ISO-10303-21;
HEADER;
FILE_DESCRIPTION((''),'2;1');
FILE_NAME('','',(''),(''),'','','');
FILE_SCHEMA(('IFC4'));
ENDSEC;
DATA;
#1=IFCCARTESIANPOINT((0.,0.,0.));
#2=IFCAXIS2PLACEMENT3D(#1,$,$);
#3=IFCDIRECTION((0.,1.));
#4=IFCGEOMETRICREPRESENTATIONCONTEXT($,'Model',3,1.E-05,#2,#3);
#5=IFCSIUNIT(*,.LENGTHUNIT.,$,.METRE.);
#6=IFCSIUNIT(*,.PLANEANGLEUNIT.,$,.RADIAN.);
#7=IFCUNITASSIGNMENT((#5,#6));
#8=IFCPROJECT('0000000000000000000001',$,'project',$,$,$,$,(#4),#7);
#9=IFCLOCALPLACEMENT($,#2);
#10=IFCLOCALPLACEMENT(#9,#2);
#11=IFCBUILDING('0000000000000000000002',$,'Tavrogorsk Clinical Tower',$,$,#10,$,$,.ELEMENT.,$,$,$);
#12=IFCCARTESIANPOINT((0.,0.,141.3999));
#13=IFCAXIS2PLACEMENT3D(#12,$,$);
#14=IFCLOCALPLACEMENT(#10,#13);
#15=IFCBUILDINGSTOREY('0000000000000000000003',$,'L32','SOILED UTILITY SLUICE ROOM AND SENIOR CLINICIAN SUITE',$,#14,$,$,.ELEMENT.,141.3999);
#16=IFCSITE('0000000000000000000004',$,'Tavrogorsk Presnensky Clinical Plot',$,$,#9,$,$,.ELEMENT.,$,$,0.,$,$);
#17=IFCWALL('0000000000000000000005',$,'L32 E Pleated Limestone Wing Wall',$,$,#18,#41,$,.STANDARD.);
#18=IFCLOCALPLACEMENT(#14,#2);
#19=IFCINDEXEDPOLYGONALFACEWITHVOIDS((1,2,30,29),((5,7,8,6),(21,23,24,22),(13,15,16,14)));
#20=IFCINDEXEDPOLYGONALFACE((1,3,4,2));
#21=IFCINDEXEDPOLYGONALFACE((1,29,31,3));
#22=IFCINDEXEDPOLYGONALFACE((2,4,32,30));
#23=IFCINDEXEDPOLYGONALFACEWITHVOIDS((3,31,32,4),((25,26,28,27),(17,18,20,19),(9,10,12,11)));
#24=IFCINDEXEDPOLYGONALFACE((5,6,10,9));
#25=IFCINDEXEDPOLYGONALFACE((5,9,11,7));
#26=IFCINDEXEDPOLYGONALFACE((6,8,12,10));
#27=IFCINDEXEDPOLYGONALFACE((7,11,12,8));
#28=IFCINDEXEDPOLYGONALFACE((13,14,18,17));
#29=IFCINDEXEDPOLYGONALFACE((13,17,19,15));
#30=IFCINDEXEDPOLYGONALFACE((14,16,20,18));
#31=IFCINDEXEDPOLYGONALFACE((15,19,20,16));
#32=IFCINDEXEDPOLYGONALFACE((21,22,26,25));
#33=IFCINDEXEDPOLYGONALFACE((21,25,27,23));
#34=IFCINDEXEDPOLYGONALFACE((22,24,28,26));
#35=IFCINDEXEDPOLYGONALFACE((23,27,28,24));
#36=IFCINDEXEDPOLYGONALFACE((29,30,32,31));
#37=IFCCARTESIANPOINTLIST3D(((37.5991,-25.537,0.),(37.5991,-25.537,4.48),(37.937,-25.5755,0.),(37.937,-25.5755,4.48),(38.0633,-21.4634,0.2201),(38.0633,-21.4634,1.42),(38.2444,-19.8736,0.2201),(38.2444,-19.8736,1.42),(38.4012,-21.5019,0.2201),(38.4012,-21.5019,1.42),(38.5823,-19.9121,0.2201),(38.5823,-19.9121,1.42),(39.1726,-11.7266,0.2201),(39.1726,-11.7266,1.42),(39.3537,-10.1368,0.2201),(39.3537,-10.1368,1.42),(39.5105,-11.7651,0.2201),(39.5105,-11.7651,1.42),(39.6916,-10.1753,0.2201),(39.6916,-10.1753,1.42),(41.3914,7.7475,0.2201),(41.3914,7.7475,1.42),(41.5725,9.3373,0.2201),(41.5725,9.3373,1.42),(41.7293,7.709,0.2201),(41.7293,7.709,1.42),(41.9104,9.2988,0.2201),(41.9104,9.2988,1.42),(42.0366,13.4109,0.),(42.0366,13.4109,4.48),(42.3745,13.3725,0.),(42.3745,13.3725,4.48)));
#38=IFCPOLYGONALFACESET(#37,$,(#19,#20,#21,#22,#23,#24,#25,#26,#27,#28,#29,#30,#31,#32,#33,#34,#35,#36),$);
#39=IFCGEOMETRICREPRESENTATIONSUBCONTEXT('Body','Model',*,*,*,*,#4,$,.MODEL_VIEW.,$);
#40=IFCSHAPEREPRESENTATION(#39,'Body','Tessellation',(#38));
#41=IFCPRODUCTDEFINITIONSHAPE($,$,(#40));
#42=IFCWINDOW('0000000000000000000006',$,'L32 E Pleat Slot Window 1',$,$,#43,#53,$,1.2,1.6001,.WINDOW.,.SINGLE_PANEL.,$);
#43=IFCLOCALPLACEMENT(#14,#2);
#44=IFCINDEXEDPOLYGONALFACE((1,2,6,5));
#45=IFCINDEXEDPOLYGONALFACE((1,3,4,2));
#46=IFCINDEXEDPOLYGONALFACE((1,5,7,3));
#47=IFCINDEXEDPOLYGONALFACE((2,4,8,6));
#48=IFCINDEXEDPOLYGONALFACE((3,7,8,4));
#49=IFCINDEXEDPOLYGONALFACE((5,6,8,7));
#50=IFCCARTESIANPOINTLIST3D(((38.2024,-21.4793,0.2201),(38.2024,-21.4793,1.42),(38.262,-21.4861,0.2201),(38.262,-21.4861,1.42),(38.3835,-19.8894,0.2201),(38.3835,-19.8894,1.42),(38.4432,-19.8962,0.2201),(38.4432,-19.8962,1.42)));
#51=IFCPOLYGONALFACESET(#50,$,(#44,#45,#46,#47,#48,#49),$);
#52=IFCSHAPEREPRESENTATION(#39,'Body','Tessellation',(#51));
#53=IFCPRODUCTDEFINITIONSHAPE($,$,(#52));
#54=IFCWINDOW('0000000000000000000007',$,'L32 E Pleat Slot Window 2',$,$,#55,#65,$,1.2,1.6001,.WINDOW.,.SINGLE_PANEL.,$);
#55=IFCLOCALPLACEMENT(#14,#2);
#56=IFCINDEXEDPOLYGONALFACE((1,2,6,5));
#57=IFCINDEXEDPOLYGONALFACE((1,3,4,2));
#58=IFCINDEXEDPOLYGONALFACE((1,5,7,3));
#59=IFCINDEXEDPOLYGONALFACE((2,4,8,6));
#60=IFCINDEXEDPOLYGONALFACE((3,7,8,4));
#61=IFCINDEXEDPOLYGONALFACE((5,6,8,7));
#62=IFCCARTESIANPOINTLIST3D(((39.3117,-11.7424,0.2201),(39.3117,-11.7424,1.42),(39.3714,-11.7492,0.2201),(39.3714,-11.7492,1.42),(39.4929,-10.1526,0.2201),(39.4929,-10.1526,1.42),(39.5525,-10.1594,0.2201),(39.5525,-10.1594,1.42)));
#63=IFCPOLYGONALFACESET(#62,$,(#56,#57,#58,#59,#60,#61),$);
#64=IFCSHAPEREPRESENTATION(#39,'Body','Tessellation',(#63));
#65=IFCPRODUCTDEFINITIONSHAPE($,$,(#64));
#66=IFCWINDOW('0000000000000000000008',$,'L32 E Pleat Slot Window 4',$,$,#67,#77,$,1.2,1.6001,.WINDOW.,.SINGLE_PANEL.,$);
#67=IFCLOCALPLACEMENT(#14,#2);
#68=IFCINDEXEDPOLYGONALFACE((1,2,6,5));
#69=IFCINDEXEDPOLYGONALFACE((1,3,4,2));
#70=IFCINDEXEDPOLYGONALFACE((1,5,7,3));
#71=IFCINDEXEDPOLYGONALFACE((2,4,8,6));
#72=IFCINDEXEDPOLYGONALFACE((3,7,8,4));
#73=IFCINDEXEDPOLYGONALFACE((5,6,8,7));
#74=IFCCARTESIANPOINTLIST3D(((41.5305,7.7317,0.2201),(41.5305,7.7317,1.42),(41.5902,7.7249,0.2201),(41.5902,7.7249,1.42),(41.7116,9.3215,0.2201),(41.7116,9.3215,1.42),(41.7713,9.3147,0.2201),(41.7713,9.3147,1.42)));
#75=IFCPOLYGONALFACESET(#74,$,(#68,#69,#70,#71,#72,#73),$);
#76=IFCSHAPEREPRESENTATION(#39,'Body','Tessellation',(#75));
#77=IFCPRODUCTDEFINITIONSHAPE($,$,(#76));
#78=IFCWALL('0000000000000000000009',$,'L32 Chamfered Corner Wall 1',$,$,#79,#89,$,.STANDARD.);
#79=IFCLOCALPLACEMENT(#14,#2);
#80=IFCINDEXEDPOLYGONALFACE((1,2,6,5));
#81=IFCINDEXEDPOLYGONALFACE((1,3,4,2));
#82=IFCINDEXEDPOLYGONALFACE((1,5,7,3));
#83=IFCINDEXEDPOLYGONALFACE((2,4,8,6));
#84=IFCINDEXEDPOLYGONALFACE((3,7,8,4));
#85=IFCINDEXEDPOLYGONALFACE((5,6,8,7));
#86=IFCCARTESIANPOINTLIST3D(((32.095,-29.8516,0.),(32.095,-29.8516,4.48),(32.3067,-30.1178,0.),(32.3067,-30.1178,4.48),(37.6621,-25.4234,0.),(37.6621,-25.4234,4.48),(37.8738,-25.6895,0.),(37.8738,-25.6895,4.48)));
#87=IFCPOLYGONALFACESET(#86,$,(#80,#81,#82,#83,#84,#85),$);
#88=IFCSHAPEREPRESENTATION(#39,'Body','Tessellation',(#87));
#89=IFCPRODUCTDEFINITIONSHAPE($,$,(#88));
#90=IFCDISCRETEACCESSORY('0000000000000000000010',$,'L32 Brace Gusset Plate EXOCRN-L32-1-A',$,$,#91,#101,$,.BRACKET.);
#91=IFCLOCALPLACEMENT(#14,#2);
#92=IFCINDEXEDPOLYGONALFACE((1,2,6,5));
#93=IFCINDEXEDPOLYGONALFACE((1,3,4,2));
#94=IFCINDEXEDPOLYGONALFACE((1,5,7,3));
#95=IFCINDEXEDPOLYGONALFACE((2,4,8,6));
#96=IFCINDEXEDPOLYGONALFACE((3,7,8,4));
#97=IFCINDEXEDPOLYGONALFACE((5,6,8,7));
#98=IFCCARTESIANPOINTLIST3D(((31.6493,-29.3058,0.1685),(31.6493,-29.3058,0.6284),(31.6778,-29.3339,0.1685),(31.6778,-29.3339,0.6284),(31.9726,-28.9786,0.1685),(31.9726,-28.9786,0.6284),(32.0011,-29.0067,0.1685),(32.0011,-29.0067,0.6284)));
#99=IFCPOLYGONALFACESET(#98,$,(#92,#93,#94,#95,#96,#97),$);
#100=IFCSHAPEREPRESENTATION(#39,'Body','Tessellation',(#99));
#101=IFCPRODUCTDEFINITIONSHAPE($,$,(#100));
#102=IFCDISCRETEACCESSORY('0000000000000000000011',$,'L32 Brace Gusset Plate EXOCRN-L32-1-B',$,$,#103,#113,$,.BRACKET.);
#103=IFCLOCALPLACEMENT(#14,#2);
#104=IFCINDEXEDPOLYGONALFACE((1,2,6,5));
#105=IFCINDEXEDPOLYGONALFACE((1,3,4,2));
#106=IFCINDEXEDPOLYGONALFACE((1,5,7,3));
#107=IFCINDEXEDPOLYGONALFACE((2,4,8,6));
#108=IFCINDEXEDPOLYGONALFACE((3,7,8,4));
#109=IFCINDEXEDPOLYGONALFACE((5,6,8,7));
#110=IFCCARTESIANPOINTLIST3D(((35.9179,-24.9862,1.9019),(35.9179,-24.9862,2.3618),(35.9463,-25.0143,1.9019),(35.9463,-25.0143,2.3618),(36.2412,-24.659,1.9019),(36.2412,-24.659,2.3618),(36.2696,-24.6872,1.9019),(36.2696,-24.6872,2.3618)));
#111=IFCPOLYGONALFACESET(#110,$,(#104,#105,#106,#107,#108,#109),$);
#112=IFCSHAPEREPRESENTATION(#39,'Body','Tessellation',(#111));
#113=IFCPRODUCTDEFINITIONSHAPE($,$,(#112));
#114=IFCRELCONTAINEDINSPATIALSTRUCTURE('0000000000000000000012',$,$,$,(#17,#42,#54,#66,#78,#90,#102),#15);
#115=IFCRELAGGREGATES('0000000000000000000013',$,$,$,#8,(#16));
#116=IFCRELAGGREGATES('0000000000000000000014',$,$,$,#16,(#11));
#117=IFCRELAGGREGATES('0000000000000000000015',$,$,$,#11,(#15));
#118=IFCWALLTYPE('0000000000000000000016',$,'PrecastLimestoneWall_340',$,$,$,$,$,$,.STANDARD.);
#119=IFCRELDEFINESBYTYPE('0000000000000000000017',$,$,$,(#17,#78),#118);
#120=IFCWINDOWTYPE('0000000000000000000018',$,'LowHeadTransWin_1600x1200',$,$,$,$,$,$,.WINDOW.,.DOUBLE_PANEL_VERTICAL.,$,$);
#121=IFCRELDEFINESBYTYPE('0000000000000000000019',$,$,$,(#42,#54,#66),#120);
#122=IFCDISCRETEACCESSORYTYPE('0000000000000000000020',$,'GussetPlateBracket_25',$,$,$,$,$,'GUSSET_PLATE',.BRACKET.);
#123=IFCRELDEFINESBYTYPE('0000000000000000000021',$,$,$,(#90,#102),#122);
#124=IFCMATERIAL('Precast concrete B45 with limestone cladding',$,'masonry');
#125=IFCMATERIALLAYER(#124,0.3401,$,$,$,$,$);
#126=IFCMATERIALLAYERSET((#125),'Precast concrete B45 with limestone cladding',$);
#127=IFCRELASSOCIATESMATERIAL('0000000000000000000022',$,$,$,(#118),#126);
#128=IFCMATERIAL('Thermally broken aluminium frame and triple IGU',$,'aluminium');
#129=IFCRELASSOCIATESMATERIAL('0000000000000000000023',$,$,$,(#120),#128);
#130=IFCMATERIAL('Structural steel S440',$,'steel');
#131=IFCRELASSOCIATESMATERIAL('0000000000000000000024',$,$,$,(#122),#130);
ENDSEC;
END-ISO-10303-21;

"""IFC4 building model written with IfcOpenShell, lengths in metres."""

from ifc_helpers import new_model, si_unit, direction, frame, frame_2d, origin, origin_2d, place, context, subcontext, project, spatial, rectangle, extrude, material, layer, layer_set, type_object, element, fill, save


model = new_model("IFC4")

# Units and contexts
model_context = context("Model", 3, precision=1e-05, world=origin(), true_north=direction((0.0, 1.0)))
body_context = subcontext(model_context, "Body", "Model", "MODEL_VIEW")
ifc_project = project(units=[si_unit("LENGTHUNIT", "METRE"), si_unit("PLANEANGLEUNIT", "RADIAN")], contexts=[model_context])

# Site, building, storey
site_placement = place(None, origin())
site = spatial("IfcSite", under=ifc_project, at=site_placement, Name="Tavrogorsk Presnensky Clinical Plot", CompositionType="ELEMENT", RefElevation=0.0)
building_placement = place(site_placement, origin())
building = spatial("IfcBuilding", under=site, at=building_placement, Name="Tavrogorsk Clinical Tower", CompositionType="ELEMENT")
storey_placement = place(building_placement, frame((0.0, 0.0, 141.3999)))
storey = spatial("IfcBuildingStorey", under=building, at=storey_placement, Name="L32", Description="SOILED UTILITY SLUICE ROOM AND SENIOR CLINICIAN SUITE", CompositionType="ELEMENT", Elevation=141.3999)

# Wall, openings, windows
ifc_material_1 = material(Name="Precast concrete B45 with limestone cladding", Category="masonry")
ifc_layer_1 = layer(ifc_material_1, 0.3401)
ifc_layer_set_1 = layer_set([ifc_layer_1], Name="Precast concrete B45 with limestone cladding")
wall_type_1 = type_object("IfcWallType", Name="PrecastLimestoneWall_340", PredefinedType="STANDARD", material=ifc_layer_set_1)
wall_1_placement = place(storey_placement, frame((37.7681, -25.5564, 0.0), z_axis=(0.0, 0.0, 1.0), x_axis=(0.113202, 0.993572, 0.0)))
wall_1 = element("IfcWall", 1, at=wall_1_placement, inside=storey, type_object=wall_type_1, Name="L32 E Pleated Limestone Wing Wall", PredefinedType="STANDARD", context=body_context, shape_type="SweptSolid", body=[
    extrude(rectangle(XDim=39.2, YDim=0.3401, at=frame_2d((19.6001, 0.0))), origin(), (0.0, 0.0, 1.0), 4.48),
])
opening_1_placement = place(wall_1_placement, frame((4.1001, 0.0, 0.22)))
opening_1 = element("IfcOpeningElement", 2, at=opening_1_placement, cuts=wall_1, PredefinedType="OPENING", context=body_context, shape_type="SweptSolid", body=[
    extrude(rectangle(XDim=1.6001, YDim=1.2, at=frame_2d((0.8, 0.6001))), frame((0.0, 0.1799, 0.0), z_axis=(0.0, -1.0, 0.0), x_axis=(1.0, 0.0, 0.0)), (0.0, 0.0, 1.0), 0.3601),
])
opening_2_placement = place(wall_1_placement, frame((13.8999, 0.0, 0.22)))
opening_2 = element("IfcOpeningElement", 3, at=opening_2_placement, cuts=wall_1, PredefinedType="OPENING", context=body_context, shape_type="SweptSolid", body=[
    extrude(rectangle(XDim=1.6001, YDim=1.2, at=frame_2d((0.8, 0.6001))), frame((0.0, 0.1799, 0.0), z_axis=(0.0, -1.0, 0.0), x_axis=(1.0, 0.0, 0.0)), (0.0, 0.0, 1.0), 0.3601),
])
opening_3_placement = place(wall_1_placement, frame((33.5, 0.0, 0.22)))
opening_3 = element("IfcOpeningElement", 4, at=opening_3_placement, cuts=wall_1, PredefinedType="OPENING", context=body_context, shape_type="SweptSolid", body=[
    extrude(rectangle(XDim=1.6001, YDim=1.2, at=frame_2d((0.8, 0.6001))), frame((0.0, 0.1799, 0.0), z_axis=(0.0, -1.0, 0.0), x_axis=(1.0, 0.0, 0.0)), (0.0, 0.0, 1.0), 0.3601),
])
ifc_material_2 = material(Name="Thermally broken aluminium frame and triple IGU", Category="aluminium")
window_type = type_object("IfcWindowType", Name="LowHeadTransWin_1600x1200", PartitioningType="DOUBLE_PANEL_VERTICAL", PredefinedType="WINDOW", material=ifc_material_2)
window_1_placement = place(opening_1_placement, origin())
window_1 = element("IfcWindow", 5, at=window_1_placement, inside=storey, type_object=window_type, Name="L32 E Pleat Slot Window 1", OverallHeight=1.2, OverallWidth=1.6001, PartitioningType="SINGLE_PANEL", PredefinedType="WINDOW", context=body_context, shape_type="SweptSolid", body=[
    extrude(rectangle(XDim=1.6001, YDim=1.2, at=frame_2d((0.8, 0.6001))), frame((0.0, 0.03, 0.0), z_axis=(0.0, -1.0, 0.0), x_axis=(1.0, 0.0, 0.0)), (0.0, 0.0, 1.0), 0.0601),
])
fill(opening_1, window_1)
window_2_placement = place(opening_2_placement, origin())
window_2 = element("IfcWindow", 6, at=window_2_placement, inside=storey, type_object=window_type, Name="L32 E Pleat Slot Window 2", OverallHeight=1.2, OverallWidth=1.6001, PartitioningType="SINGLE_PANEL", PredefinedType="WINDOW", context=body_context, shape_type="SweptSolid", body=[
    extrude(rectangle(XDim=1.6001, YDim=1.2, at=frame_2d((0.8, 0.6001))), frame((0.0, 0.03, 0.0), z_axis=(0.0, -1.0, 0.0), x_axis=(1.0, 0.0, 0.0)), (0.0, 0.0, 1.0), 0.0601),
])
fill(opening_2, window_2)
window_3_placement = place(opening_3_placement, origin())
window_3 = element("IfcWindow", 7, at=window_3_placement, inside=storey, type_object=window_type, Name="L32 E Pleat Slot Window 4", OverallHeight=1.2, OverallWidth=1.6001, PartitioningType="SINGLE_PANEL", PredefinedType="WINDOW", context=body_context, shape_type="SweptSolid", body=[
    extrude(rectangle(XDim=1.6001, YDim=1.2, at=frame_2d((0.8, 0.6001))), frame((0.0, 0.03, 0.0), z_axis=(0.0, -1.0, 0.0), x_axis=(1.0, 0.0, 0.0)), (0.0, 0.0, 1.0), 0.0601),
])
fill(opening_3, window_3)

# Wall
wall_2_placement = place(storey_placement, frame((32.2009, -29.9846, 0.0), z_axis=(0.0, 0.0, 1.0), x_axis=(0.782614, 0.622508, 0.0)))
element("IfcWall", 8, at=wall_2_placement, inside=storey, type_object=wall_type_1, Name="L32 Chamfered Corner Wall 1", PredefinedType="STANDARD", context=body_context, shape_type="SweptSolid", body=[
    extrude(rectangle(XDim=7.1135, YDim=0.3401, at=frame_2d((3.5566, 0.0))), origin(), (0.0, 0.0, 1.0), 4.48),
])

# Discrete accessories
ifc_material_3 = material(Name="Structural steel S440", Category="steel")
discrete_accessory_type = type_object("IfcDiscreteAccessoryType", Name="GussetPlateBracket_25", ElementType="GUSSET_PLATE", PredefinedType="BRACKET", material=ifc_material_3)
for number, where, z_axis, x_axis, name in (
    (9, (31.8252, -29.1562, 0.1685), (0.0, 0.0, 1.0), (0.702898, 0.71129, 0.0), "L32 Brace Gusset Plate EXOCRN-L32-1-A"),
    (10, (36.0938, -24.8367, 1.9019), (0.0, 0.0, 1.0), (0.702898, 0.71129, 0.0), "L32 Brace Gusset Plate EXOCRN-L32-1-B"),
):
    element("IfcDiscreteAccessory", number, at=place(storey_placement, frame(where, z_axis=z_axis, x_axis=x_axis)), inside=storey, type_object=discrete_accessory_type, Name=name, PredefinedType="BRACKET", context=body_context, shape_type="SweptSolid", body=[
        extrude(rectangle(XDim=0.46, YDim=0.04, at=origin_2d()), origin(), (0.0, 0.0, 1.0), 0.46),
    ])

save(model, "model.ifc")
